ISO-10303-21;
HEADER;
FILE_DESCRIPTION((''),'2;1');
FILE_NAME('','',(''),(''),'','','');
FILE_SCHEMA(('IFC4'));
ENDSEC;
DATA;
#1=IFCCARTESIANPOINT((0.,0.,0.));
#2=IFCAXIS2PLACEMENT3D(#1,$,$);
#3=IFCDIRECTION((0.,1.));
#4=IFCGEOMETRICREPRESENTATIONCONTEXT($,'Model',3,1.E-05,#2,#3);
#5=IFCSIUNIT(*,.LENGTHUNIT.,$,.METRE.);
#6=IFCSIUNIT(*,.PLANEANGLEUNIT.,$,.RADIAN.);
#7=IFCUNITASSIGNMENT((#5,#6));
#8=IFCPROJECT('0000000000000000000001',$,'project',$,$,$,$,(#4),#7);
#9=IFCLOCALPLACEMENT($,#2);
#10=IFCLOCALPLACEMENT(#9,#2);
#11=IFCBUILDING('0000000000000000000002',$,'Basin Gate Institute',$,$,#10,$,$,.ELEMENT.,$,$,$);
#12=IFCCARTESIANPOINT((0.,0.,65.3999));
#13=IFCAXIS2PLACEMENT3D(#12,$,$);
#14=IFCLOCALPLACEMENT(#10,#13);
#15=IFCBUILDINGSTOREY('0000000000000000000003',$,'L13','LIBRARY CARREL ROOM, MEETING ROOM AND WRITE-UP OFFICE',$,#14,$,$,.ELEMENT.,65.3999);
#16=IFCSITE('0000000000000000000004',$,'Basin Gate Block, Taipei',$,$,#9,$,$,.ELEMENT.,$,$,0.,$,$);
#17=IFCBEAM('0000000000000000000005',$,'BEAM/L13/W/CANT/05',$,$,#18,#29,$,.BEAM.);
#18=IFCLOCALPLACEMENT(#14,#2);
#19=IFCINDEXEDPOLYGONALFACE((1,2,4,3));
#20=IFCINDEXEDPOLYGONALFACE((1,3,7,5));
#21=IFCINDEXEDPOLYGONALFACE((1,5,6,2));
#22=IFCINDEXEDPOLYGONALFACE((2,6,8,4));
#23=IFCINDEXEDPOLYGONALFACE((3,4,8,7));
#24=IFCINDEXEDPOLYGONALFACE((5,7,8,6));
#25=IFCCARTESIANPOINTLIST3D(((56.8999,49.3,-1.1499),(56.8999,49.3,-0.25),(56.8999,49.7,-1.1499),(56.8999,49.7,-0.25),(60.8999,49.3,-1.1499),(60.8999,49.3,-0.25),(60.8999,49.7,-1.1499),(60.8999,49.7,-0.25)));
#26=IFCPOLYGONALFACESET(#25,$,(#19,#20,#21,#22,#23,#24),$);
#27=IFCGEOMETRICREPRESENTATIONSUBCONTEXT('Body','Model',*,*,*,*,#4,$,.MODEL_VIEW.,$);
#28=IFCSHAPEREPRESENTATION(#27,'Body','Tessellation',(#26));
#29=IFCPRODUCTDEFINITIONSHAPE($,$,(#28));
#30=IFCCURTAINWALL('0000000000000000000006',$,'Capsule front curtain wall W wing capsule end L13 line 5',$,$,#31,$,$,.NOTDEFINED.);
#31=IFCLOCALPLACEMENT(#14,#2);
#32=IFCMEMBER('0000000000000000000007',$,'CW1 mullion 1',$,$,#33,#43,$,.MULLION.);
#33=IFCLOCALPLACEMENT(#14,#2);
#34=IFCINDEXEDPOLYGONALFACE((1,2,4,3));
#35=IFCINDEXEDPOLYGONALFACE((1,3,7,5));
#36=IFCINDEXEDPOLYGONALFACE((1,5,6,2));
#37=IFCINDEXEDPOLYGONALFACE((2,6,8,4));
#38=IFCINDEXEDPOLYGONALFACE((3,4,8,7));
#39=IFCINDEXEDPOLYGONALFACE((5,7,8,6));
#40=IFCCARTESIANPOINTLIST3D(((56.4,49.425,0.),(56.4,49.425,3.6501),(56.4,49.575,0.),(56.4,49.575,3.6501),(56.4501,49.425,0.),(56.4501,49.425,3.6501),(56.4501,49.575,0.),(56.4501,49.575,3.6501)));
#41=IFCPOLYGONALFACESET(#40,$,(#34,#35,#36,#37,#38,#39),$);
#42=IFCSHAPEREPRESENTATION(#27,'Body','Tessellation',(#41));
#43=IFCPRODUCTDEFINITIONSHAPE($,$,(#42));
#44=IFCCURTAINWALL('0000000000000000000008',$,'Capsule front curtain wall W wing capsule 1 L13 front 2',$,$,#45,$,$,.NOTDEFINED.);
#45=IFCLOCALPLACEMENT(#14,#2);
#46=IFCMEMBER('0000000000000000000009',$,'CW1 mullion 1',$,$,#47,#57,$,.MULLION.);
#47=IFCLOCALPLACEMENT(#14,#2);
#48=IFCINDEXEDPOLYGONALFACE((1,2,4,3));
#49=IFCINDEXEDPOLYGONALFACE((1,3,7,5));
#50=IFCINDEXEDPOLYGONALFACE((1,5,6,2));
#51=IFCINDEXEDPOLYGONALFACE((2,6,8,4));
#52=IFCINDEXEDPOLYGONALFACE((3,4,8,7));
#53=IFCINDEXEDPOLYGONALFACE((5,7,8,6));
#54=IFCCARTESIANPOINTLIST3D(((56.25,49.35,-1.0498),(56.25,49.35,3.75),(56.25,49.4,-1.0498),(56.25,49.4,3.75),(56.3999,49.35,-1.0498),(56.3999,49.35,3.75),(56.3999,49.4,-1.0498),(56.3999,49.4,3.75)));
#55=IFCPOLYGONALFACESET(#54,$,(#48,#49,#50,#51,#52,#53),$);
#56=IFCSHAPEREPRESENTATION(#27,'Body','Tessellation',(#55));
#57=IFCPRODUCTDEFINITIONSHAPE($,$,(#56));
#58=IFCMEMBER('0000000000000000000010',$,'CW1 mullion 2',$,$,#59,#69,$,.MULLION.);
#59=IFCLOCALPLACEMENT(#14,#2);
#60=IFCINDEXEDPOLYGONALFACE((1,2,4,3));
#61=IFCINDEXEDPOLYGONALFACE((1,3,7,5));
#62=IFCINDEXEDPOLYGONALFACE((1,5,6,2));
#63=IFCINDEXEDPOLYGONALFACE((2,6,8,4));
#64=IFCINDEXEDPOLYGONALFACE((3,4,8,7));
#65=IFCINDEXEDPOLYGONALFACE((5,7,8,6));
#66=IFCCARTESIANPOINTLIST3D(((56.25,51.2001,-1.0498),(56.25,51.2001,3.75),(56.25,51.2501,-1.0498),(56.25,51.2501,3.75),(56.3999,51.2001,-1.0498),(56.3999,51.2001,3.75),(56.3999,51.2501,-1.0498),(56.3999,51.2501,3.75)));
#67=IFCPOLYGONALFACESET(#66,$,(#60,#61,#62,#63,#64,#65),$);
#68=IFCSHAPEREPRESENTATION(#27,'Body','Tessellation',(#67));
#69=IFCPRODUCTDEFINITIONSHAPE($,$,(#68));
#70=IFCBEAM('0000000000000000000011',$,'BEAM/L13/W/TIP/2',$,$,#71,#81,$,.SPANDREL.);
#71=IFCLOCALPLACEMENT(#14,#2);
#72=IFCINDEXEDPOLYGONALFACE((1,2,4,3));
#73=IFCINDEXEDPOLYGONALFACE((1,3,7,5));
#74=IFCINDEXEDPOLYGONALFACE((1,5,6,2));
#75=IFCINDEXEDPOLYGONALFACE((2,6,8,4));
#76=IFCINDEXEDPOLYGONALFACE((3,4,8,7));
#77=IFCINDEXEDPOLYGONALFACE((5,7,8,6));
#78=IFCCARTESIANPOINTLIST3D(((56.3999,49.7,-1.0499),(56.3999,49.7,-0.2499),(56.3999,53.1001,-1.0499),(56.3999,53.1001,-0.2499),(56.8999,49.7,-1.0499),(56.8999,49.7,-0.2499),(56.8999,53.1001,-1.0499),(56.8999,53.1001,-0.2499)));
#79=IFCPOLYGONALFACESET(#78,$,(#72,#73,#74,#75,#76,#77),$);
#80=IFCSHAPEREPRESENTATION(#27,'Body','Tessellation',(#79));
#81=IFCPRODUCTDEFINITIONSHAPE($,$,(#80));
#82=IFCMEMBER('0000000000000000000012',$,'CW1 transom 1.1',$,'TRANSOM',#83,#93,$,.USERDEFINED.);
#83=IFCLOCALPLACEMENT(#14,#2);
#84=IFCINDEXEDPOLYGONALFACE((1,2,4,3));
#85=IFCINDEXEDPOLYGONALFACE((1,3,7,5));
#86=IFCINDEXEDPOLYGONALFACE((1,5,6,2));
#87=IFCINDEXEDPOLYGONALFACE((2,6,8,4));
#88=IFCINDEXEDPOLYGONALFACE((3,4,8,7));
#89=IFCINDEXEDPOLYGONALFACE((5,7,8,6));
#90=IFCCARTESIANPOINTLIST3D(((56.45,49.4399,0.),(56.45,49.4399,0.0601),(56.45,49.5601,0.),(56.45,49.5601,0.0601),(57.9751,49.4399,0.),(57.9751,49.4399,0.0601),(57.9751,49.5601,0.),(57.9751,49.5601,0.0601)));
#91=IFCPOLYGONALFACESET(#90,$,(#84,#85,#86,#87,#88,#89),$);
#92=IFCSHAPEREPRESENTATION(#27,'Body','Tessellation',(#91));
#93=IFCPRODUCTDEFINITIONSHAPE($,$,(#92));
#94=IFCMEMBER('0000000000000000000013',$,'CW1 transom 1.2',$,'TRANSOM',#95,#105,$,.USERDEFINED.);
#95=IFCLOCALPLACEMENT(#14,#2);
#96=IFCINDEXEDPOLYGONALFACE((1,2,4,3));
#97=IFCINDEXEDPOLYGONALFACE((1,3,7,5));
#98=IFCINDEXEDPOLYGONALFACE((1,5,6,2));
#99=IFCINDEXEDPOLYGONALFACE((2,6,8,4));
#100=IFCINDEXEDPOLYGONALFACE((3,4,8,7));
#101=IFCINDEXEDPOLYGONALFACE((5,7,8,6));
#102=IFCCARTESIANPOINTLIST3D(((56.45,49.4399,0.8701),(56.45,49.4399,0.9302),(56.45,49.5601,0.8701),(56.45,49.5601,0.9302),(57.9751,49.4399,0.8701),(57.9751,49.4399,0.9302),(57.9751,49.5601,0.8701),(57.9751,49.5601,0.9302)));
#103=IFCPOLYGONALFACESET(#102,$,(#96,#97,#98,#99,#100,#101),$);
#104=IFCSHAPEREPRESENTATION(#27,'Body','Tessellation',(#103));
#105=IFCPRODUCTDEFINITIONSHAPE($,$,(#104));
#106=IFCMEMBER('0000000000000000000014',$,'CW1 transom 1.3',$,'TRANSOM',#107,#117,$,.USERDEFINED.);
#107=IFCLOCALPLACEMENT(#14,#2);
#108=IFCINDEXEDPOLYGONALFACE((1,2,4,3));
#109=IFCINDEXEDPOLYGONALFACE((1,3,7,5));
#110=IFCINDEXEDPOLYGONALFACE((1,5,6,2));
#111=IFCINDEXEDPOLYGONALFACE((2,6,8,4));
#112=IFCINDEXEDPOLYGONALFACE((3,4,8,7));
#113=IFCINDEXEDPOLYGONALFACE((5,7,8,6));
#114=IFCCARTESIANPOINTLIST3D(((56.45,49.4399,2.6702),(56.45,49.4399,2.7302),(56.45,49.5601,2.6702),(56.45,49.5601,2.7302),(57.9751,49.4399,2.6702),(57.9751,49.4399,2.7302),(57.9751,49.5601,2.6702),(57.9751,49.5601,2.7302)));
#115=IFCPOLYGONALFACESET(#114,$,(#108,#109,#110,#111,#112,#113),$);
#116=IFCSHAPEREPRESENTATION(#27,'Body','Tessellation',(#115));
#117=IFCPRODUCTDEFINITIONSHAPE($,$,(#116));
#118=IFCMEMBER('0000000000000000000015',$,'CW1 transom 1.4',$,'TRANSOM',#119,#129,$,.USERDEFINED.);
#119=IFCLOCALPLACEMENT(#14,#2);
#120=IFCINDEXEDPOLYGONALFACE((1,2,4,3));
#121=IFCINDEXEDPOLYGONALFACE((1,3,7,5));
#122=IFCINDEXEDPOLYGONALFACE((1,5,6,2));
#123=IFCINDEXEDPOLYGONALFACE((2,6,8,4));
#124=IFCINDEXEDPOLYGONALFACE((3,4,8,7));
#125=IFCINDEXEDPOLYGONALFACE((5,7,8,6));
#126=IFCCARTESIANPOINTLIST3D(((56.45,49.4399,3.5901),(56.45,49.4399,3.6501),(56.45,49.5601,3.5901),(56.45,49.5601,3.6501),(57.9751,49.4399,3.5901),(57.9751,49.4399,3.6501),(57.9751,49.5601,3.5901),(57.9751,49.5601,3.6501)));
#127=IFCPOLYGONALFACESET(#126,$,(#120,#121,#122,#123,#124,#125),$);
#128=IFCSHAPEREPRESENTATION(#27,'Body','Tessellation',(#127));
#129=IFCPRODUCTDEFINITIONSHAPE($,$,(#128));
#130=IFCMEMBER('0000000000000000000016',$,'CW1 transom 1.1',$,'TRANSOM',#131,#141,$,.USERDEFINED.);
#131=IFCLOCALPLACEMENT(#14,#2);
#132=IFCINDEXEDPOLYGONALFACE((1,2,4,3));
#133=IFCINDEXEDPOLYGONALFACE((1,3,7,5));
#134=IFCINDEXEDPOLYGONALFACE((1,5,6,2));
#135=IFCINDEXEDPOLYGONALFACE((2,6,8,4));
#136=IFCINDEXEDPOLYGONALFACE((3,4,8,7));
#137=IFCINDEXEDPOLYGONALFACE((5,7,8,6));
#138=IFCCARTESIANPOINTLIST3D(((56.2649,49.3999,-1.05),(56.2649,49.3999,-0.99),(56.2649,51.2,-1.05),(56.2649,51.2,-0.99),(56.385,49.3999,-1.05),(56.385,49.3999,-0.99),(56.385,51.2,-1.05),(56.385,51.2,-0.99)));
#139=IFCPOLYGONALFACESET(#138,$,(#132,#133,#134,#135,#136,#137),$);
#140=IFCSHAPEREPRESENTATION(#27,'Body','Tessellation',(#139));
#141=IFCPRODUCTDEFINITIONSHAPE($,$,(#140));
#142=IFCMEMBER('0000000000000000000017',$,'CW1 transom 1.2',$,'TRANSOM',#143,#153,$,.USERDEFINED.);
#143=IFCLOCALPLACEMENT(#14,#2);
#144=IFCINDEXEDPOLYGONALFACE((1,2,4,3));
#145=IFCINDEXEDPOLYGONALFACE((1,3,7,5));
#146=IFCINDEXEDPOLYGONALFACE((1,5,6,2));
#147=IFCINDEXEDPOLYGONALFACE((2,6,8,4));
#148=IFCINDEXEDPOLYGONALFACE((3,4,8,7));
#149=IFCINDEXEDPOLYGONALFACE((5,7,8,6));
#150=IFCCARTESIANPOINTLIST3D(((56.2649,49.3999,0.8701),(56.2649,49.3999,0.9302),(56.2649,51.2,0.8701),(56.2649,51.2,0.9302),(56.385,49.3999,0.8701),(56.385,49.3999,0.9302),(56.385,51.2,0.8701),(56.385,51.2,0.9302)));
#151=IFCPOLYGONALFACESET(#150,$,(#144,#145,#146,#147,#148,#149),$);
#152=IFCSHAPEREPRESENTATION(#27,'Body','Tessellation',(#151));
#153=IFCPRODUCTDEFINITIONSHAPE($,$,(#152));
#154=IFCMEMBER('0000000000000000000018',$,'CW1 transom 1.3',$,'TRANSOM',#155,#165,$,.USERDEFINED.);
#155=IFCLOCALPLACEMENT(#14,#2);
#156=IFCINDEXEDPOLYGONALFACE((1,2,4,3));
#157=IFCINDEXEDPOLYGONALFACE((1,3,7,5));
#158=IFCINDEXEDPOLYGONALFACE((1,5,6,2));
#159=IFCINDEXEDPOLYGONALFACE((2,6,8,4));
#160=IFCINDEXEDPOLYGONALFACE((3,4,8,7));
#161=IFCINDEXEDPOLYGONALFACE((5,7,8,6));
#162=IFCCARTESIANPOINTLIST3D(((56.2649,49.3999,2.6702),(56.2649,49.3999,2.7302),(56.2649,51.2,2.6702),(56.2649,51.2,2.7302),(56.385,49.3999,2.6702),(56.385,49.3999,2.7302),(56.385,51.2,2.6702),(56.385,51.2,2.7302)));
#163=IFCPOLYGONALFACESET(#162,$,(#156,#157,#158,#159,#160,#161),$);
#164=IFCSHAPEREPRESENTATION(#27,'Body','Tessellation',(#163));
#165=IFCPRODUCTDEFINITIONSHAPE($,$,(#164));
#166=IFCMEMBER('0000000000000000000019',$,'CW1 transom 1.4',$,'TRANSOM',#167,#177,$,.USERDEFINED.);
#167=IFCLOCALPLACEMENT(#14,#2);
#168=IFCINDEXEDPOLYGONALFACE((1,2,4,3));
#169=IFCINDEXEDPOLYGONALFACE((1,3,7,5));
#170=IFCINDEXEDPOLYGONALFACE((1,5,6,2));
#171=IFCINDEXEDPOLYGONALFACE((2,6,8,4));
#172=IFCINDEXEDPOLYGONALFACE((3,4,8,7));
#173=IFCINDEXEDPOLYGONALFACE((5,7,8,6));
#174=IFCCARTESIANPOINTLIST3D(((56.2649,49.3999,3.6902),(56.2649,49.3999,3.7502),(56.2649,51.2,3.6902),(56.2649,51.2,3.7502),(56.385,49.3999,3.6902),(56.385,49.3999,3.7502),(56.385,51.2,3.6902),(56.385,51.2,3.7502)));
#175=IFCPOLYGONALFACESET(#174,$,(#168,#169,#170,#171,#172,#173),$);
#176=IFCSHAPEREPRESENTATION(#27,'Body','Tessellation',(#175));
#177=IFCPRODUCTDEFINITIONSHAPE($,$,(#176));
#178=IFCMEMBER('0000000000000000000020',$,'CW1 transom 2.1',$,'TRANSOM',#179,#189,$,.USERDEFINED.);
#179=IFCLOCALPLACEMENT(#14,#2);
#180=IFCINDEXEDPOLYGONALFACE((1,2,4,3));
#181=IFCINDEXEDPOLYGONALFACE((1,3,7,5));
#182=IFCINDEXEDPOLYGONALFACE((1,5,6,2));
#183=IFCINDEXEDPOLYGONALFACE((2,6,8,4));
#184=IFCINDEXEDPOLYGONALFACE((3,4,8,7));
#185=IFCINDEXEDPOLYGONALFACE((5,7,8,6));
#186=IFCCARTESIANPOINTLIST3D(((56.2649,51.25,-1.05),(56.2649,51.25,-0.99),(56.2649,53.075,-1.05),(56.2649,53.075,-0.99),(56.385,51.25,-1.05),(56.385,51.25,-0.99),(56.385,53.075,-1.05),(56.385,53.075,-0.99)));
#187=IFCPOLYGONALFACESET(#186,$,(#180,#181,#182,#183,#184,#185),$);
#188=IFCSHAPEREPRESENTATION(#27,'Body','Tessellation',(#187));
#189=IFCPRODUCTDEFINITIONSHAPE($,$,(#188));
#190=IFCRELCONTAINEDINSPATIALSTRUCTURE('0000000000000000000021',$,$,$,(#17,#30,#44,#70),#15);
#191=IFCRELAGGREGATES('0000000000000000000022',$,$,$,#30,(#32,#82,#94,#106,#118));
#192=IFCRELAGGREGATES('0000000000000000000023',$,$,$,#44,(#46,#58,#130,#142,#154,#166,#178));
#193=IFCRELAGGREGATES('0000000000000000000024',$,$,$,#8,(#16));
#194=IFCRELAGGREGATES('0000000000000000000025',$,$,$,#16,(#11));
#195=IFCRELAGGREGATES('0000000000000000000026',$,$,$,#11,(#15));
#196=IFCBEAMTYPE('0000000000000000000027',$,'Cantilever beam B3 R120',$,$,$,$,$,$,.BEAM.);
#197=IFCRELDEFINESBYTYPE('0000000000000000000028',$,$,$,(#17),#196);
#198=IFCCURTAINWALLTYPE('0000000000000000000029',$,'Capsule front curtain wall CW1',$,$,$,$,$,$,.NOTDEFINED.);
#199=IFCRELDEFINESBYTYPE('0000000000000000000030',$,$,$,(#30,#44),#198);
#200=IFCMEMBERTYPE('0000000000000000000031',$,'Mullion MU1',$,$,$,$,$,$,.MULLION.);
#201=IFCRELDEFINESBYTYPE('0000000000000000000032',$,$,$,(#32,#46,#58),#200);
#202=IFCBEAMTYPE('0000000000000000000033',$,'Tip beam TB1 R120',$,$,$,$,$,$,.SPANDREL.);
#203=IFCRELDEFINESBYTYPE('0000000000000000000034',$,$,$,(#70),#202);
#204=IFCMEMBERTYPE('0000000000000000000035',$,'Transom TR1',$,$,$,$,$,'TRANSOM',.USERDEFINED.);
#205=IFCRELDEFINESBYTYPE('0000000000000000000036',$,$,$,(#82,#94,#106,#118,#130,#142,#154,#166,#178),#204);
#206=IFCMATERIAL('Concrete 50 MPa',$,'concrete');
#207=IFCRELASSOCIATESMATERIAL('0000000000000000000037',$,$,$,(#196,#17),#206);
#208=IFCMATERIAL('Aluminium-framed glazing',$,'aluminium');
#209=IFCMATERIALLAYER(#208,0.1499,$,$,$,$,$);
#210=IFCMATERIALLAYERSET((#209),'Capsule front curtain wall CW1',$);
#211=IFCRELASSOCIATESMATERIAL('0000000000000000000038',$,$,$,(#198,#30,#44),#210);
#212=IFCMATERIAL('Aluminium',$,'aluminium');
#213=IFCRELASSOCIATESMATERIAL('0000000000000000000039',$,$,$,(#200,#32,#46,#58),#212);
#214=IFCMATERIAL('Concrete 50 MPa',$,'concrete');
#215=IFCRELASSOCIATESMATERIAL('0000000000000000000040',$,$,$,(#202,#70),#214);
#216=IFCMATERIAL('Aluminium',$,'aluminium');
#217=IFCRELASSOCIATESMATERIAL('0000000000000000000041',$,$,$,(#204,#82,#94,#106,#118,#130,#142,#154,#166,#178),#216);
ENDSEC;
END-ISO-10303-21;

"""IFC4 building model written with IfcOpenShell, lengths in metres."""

from ifc_helpers import new_model, si_unit, direction, frame, origin, origin_2d, place, context, subcontext, project, spatial, rectangle, extrude, material, layer, layer_set, material_profile, profile_set, type_object, element, aggregate, save


model = new_model("IFC4")

# Units and contexts
model_context = context("Model", 3, precision=1e-05, world=origin(), true_north=direction((0.0, 1.0)))
body_context = subcontext(model_context, "Body", "Model", "MODEL_VIEW")
ifc_project = project(units=[si_unit("LENGTHUNIT", "METRE"), si_unit("PLANEANGLEUNIT", "RADIAN")], contexts=[model_context])

# Site, building, storey
site_placement = place(None, origin())
site = spatial("IfcSite", under=ifc_project, at=site_placement, Name="Basin Gate Block, Taipei", CompositionType="ELEMENT", RefElevation=0.0)
building_placement = place(site_placement, origin())
building = spatial("IfcBuilding", under=site, at=building_placement, Name="Basin Gate Institute", CompositionType="ELEMENT")
storey_placement = place(building_placement, frame((0.0, 0.0, 65.3999)))
storey = spatial("IfcBuildingStorey", under=building, at=storey_placement, Name="L13", Description="LIBRARY CARREL ROOM, MEETING ROOM AND WRITE-UP OFFICE", CompositionType="ELEMENT", Elevation=65.3999)

# Beam
ifc_material_1 = material(Name="Concrete 50 MPa", Category="concrete")
ifc_material_profile_1 = material_profile(ifc_material_1, rectangle(XDim=0.3999, YDim=0.8999, at=origin_2d()), Name="Cantilever beam B3 400 x 900")
ifc_profile_set_1 = profile_set([ifc_material_profile_1], Name="Concrete 50 MPa")
beam_type_1 = type_object("IfcBeamType", Name="Cantilever beam B3 R120", PredefinedType="BEAM", material=ifc_profile_set_1)
beam_1_placement = place(storey_placement, frame((56.8999, 49.5, -0.7), z_axis=(1.0, 0.0, 0.0), x_axis=(0.0, 1.0, 0.0)))
element("IfcBeam", 1, at=beam_1_placement, inside=storey, type_object=beam_type_1, material=ifc_profile_set_1, Name="BEAM/L13/W/CANT/05", PredefinedType="BEAM", context=body_context, shape_type="SweptSolid", body=[
    extrude(rectangle(XDim=0.3999, YDim=0.8999, at=origin_2d()), origin(), (0.0, 0.0, 1.0), 4.0),
])

# Curtain wall, member
ifc_material_2 = material(Name="Aluminium-framed glazing", Category="aluminium")
ifc_layer_1 = layer(ifc_material_2, 0.1499)
ifc_layer_set_1 = layer_set([ifc_layer_1], Name="Capsule front curtain wall CW1")
curtain_wall_type = type_object("IfcCurtainWallType", Name="Capsule front curtain wall CW1", PredefinedType="NOTDEFINED", material=ifc_layer_set_1)
curtain_wall_1_placement = place(storey_placement, origin())
curtain_wall_1 = element("IfcCurtainWall", 2, at=curtain_wall_1_placement, inside=storey, type_object=curtain_wall_type, material=ifc_layer_set_1, Name="Capsule front curtain wall W wing capsule end L13 line 5", PredefinedType="NOTDEFINED")
ifc_material_3 = material(Name="Aluminium", Category="aluminium")
ifc_material_profile_2 = material_profile(ifc_material_3, rectangle(XDim=0.1499, YDim=0.05, at=origin_2d()), Name="Mullion MU1 150 x 50")
ifc_profile_set_2 = profile_set([ifc_material_profile_2], Name="Aluminium")
member_type_1 = type_object("IfcMemberType", Name="Mullion MU1", PredefinedType="MULLION", material=ifc_profile_set_2)
member_1_placement = place(storey_placement, frame((56.425, 49.5, 0.0), z_axis=(0.0, 0.0, 1.0), x_axis=(0.0, 1.0, 0.0)))
member_1 = element("IfcMember", 3, at=member_1_placement, type_object=member_type_1, material=ifc_profile_set_2, Name="CW1 mullion 1", PredefinedType="MULLION", context=body_context, shape_type="SweptSolid", body=[
    extrude(rectangle(XDim=0.1499, YDim=0.05, at=origin_2d()), origin(), (0.0, 0.0, 1.0), 3.6501),
])

# Curtain wall, members
curtain_wall_2_placement = place(storey_placement, origin())
curtain_wall_2 = element("IfcCurtainWall", 4, at=curtain_wall_2_placement, inside=storey, type_object=curtain_wall_type, material=ifc_layer_set_1, Name="Capsule front curtain wall W wing capsule 1 L13 front 2", PredefinedType="NOTDEFINED")
member_2_placement = place(storey_placement, frame((56.325, 49.375, -1.0498), z_axis=(0.0, 0.0, 1.0), x_axis=(-1.0, 0.0, 0.0)))
member_2 = element("IfcMember", 5, at=member_2_placement, type_object=member_type_1, material=ifc_profile_set_2, Name="CW1 mullion 1", PredefinedType="MULLION", context=body_context, shape_type="SweptSolid", body=[
    extrude(rectangle(XDim=0.1499, YDim=0.05, at=origin_2d()), origin(), (0.0, 0.0, 1.0), 4.7998),
])
member_3_placement = place(storey_placement, frame((56.325, 51.2251, -1.0498), z_axis=(0.0, 0.0, 1.0), x_axis=(-1.0, 0.0, 0.0)))
member_3 = element("IfcMember", 6, at=member_3_placement, type_object=member_type_1, material=ifc_profile_set_2, Name="CW1 mullion 2", PredefinedType="MULLION", context=body_context, shape_type="SweptSolid", body=[
    extrude(rectangle(XDim=0.1499, YDim=0.05, at=origin_2d()), origin(), (0.0, 0.0, 1.0), 4.7998),
])

# Beam
ifc_material_4 = material(Name="Concrete 50 MPa", Category="concrete")
ifc_material_profile_3 = material_profile(ifc_material_4, rectangle(XDim=0.5, YDim=0.8, at=origin_2d()), Name="Tip beam TB1 500 x 800")
ifc_profile_set_3 = profile_set([ifc_material_profile_3], Name="Concrete 50 MPa")
beam_type_2 = type_object("IfcBeamType", Name="Tip beam TB1 R120", PredefinedType="SPANDREL", material=ifc_profile_set_3)
beam_2_placement = place(storey_placement, frame((56.6499, 49.7, -0.6499), z_axis=(0.0, 1.0, 0.0), x_axis=(-1.0, 0.0, 0.0)))
element("IfcBeam", 7, at=beam_2_placement, inside=storey, type_object=beam_type_2, material=ifc_profile_set_3, Name="BEAM/L13/W/TIP/2", PredefinedType="SPANDREL", context=body_context, shape_type="SweptSolid", body=[
    extrude(rectangle(XDim=0.5, YDim=0.8, at=origin_2d()), origin(), (0.0, 0.0, 1.0), 3.4001),
])

# Members
ifc_material_5 = material(Name="Aluminium", Category="aluminium")
ifc_material_profile_4 = material_profile(ifc_material_5, rectangle(XDim=0.1201, YDim=0.0601, at=origin_2d()), Name="Transom TR1 120 x 60")
ifc_profile_set_4 = profile_set([ifc_material_profile_4], Name="Aluminium")
member_type_2 = type_object("IfcMemberType", Name="Transom TR1", ElementType="TRANSOM", PredefinedType="USERDEFINED", material=ifc_profile_set_4)
member_4_placement = place(storey_placement, frame((56.45, 49.5, 0.03), z_axis=(1.0, 0.0, 0.0), x_axis=(0.0, 1.0, 0.0)))
member_4 = element("IfcMember", 8, at=member_4_placement, type_object=member_type_2, material=ifc_profile_set_4, Name="CW1 transom 1.1", ObjectType="TRANSOM", PredefinedType="USERDEFINED", context=body_context, shape_type="SweptSolid", body=[
    extrude(rectangle(XDim=0.1201, YDim=0.0601, at=origin_2d()), origin(), (0.0, 0.0, 1.0), 1.5251),
])
member_5_placement = place(storey_placement, frame((56.45, 49.5, 0.9001), z_axis=(1.0, 0.0, 0.0), x_axis=(0.0, 1.0, 0.0)))
member_5 = element("IfcMember", 9, at=member_5_placement, type_object=member_type_2, material=ifc_profile_set_4, Name="CW1 transom 1.2", ObjectType="TRANSOM", PredefinedType="USERDEFINED", context=body_context, shape_type="SweptSolid", body=[
    extrude(rectangle(XDim=0.1201, YDim=0.0601, at=origin_2d()), origin(), (0.0, 0.0, 1.0), 1.5251),
])
member_6_placement = place(storey_placement, frame((56.45, 49.5, 2.7002), z_axis=(1.0, 0.0, 0.0), x_axis=(0.0, 1.0, 0.0)))
member_6 = element("IfcMember", 10, at=member_6_placement, type_object=member_type_2, material=ifc_profile_set_4, Name="CW1 transom 1.3", ObjectType="TRANSOM", PredefinedType="USERDEFINED", context=body_context, shape_type="SweptSolid", body=[
    extrude(rectangle(XDim=0.1201, YDim=0.0601, at=origin_2d()), origin(), (0.0, 0.0, 1.0), 1.5251),
])
member_7_placement = place(storey_placement, frame((56.45, 49.5, 3.6201), z_axis=(1.0, 0.0, 0.0), x_axis=(0.0, 1.0, 0.0)))
member_7 = element("IfcMember", 11, at=member_7_placement, type_object=member_type_2, material=ifc_profile_set_4, Name="CW1 transom 1.4", ObjectType="TRANSOM", PredefinedType="USERDEFINED", context=body_context, shape_type="SweptSolid", body=[
    extrude(rectangle(XDim=0.1201, YDim=0.0601, at=origin_2d()), origin(), (0.0, 0.0, 1.0), 1.5251),
])
member_8_placement = place(storey_placement, frame((56.325, 49.3999, -1.02), z_axis=(0.0, 1.0, 0.0), x_axis=(-1.0, 0.0, 0.0)))
member_8 = element("IfcMember", 12, at=member_8_placement, type_object=member_type_2, material=ifc_profile_set_4, Name="CW1 transom 1.1", ObjectType="TRANSOM", PredefinedType="USERDEFINED", context=body_context, shape_type="SweptSolid", body=[
    extrude(rectangle(XDim=0.1201, YDim=0.0601, at=origin_2d()), origin(), (0.0, 0.0, 1.0), 1.8),
])
member_9_placement = place(storey_placement, frame((56.325, 49.3999, 0.9001), z_axis=(0.0, 1.0, 0.0), x_axis=(-1.0, 0.0, 0.0)))
member_9 = element("IfcMember", 13, at=member_9_placement, type_object=member_type_2, material=ifc_profile_set_4, Name="CW1 transom 1.2", ObjectType="TRANSOM", PredefinedType="USERDEFINED", context=body_context, shape_type="SweptSolid", body=[
    extrude(rectangle(XDim=0.1201, YDim=0.0601, at=origin_2d()), origin(), (0.0, 0.0, 1.0), 1.8),
])
member_10_placement = place(storey_placement, frame((56.325, 49.3999, 2.7002), z_axis=(0.0, 1.0, 0.0), x_axis=(-1.0, 0.0, 0.0)))
member_10 = element("IfcMember", 14, at=member_10_placement, type_object=member_type_2, material=ifc_profile_set_4, Name="CW1 transom 1.3", ObjectType="TRANSOM", PredefinedType="USERDEFINED", context=body_context, shape_type="SweptSolid", body=[
    extrude(rectangle(XDim=0.1201, YDim=0.0601, at=origin_2d()), origin(), (0.0, 0.0, 1.0), 1.8),
])
member_11_placement = place(storey_placement, frame((56.325, 49.3999, 3.7202), z_axis=(0.0, 1.0, 0.0), x_axis=(-1.0, 0.0, 0.0)))
member_11 = element("IfcMember", 15, at=member_11_placement, type_object=member_type_2, material=ifc_profile_set_4, Name="CW1 transom 1.4", ObjectType="TRANSOM", PredefinedType="USERDEFINED", context=body_context, shape_type="SweptSolid", body=[
    extrude(rectangle(XDim=0.1201, YDim=0.0601, at=origin_2d()), origin(), (0.0, 0.0, 1.0), 1.8),
])
member_12_placement = place(storey_placement, frame((56.325, 51.25, -1.02), z_axis=(0.0, 1.0, 0.0), x_axis=(-1.0, 0.0, 0.0)))
member_12 = element("IfcMember", 16, at=member_12_placement, type_object=member_type_2, material=ifc_profile_set_4, Name="CW1 transom 2.1", ObjectType="TRANSOM", PredefinedType="USERDEFINED", context=body_context, shape_type="SweptSolid", body=[
    extrude(rectangle(XDim=0.1201, YDim=0.0601, at=origin_2d()), origin(), (0.0, 0.0, 1.0), 1.825),
])

aggregate(curtain_wall_1, [member_1, member_4, member_5, member_6, member_7])
aggregate(curtain_wall_2, [member_2, member_3, member_8, member_9, member_10, member_11, member_12])

save(model, "model.ifc")
